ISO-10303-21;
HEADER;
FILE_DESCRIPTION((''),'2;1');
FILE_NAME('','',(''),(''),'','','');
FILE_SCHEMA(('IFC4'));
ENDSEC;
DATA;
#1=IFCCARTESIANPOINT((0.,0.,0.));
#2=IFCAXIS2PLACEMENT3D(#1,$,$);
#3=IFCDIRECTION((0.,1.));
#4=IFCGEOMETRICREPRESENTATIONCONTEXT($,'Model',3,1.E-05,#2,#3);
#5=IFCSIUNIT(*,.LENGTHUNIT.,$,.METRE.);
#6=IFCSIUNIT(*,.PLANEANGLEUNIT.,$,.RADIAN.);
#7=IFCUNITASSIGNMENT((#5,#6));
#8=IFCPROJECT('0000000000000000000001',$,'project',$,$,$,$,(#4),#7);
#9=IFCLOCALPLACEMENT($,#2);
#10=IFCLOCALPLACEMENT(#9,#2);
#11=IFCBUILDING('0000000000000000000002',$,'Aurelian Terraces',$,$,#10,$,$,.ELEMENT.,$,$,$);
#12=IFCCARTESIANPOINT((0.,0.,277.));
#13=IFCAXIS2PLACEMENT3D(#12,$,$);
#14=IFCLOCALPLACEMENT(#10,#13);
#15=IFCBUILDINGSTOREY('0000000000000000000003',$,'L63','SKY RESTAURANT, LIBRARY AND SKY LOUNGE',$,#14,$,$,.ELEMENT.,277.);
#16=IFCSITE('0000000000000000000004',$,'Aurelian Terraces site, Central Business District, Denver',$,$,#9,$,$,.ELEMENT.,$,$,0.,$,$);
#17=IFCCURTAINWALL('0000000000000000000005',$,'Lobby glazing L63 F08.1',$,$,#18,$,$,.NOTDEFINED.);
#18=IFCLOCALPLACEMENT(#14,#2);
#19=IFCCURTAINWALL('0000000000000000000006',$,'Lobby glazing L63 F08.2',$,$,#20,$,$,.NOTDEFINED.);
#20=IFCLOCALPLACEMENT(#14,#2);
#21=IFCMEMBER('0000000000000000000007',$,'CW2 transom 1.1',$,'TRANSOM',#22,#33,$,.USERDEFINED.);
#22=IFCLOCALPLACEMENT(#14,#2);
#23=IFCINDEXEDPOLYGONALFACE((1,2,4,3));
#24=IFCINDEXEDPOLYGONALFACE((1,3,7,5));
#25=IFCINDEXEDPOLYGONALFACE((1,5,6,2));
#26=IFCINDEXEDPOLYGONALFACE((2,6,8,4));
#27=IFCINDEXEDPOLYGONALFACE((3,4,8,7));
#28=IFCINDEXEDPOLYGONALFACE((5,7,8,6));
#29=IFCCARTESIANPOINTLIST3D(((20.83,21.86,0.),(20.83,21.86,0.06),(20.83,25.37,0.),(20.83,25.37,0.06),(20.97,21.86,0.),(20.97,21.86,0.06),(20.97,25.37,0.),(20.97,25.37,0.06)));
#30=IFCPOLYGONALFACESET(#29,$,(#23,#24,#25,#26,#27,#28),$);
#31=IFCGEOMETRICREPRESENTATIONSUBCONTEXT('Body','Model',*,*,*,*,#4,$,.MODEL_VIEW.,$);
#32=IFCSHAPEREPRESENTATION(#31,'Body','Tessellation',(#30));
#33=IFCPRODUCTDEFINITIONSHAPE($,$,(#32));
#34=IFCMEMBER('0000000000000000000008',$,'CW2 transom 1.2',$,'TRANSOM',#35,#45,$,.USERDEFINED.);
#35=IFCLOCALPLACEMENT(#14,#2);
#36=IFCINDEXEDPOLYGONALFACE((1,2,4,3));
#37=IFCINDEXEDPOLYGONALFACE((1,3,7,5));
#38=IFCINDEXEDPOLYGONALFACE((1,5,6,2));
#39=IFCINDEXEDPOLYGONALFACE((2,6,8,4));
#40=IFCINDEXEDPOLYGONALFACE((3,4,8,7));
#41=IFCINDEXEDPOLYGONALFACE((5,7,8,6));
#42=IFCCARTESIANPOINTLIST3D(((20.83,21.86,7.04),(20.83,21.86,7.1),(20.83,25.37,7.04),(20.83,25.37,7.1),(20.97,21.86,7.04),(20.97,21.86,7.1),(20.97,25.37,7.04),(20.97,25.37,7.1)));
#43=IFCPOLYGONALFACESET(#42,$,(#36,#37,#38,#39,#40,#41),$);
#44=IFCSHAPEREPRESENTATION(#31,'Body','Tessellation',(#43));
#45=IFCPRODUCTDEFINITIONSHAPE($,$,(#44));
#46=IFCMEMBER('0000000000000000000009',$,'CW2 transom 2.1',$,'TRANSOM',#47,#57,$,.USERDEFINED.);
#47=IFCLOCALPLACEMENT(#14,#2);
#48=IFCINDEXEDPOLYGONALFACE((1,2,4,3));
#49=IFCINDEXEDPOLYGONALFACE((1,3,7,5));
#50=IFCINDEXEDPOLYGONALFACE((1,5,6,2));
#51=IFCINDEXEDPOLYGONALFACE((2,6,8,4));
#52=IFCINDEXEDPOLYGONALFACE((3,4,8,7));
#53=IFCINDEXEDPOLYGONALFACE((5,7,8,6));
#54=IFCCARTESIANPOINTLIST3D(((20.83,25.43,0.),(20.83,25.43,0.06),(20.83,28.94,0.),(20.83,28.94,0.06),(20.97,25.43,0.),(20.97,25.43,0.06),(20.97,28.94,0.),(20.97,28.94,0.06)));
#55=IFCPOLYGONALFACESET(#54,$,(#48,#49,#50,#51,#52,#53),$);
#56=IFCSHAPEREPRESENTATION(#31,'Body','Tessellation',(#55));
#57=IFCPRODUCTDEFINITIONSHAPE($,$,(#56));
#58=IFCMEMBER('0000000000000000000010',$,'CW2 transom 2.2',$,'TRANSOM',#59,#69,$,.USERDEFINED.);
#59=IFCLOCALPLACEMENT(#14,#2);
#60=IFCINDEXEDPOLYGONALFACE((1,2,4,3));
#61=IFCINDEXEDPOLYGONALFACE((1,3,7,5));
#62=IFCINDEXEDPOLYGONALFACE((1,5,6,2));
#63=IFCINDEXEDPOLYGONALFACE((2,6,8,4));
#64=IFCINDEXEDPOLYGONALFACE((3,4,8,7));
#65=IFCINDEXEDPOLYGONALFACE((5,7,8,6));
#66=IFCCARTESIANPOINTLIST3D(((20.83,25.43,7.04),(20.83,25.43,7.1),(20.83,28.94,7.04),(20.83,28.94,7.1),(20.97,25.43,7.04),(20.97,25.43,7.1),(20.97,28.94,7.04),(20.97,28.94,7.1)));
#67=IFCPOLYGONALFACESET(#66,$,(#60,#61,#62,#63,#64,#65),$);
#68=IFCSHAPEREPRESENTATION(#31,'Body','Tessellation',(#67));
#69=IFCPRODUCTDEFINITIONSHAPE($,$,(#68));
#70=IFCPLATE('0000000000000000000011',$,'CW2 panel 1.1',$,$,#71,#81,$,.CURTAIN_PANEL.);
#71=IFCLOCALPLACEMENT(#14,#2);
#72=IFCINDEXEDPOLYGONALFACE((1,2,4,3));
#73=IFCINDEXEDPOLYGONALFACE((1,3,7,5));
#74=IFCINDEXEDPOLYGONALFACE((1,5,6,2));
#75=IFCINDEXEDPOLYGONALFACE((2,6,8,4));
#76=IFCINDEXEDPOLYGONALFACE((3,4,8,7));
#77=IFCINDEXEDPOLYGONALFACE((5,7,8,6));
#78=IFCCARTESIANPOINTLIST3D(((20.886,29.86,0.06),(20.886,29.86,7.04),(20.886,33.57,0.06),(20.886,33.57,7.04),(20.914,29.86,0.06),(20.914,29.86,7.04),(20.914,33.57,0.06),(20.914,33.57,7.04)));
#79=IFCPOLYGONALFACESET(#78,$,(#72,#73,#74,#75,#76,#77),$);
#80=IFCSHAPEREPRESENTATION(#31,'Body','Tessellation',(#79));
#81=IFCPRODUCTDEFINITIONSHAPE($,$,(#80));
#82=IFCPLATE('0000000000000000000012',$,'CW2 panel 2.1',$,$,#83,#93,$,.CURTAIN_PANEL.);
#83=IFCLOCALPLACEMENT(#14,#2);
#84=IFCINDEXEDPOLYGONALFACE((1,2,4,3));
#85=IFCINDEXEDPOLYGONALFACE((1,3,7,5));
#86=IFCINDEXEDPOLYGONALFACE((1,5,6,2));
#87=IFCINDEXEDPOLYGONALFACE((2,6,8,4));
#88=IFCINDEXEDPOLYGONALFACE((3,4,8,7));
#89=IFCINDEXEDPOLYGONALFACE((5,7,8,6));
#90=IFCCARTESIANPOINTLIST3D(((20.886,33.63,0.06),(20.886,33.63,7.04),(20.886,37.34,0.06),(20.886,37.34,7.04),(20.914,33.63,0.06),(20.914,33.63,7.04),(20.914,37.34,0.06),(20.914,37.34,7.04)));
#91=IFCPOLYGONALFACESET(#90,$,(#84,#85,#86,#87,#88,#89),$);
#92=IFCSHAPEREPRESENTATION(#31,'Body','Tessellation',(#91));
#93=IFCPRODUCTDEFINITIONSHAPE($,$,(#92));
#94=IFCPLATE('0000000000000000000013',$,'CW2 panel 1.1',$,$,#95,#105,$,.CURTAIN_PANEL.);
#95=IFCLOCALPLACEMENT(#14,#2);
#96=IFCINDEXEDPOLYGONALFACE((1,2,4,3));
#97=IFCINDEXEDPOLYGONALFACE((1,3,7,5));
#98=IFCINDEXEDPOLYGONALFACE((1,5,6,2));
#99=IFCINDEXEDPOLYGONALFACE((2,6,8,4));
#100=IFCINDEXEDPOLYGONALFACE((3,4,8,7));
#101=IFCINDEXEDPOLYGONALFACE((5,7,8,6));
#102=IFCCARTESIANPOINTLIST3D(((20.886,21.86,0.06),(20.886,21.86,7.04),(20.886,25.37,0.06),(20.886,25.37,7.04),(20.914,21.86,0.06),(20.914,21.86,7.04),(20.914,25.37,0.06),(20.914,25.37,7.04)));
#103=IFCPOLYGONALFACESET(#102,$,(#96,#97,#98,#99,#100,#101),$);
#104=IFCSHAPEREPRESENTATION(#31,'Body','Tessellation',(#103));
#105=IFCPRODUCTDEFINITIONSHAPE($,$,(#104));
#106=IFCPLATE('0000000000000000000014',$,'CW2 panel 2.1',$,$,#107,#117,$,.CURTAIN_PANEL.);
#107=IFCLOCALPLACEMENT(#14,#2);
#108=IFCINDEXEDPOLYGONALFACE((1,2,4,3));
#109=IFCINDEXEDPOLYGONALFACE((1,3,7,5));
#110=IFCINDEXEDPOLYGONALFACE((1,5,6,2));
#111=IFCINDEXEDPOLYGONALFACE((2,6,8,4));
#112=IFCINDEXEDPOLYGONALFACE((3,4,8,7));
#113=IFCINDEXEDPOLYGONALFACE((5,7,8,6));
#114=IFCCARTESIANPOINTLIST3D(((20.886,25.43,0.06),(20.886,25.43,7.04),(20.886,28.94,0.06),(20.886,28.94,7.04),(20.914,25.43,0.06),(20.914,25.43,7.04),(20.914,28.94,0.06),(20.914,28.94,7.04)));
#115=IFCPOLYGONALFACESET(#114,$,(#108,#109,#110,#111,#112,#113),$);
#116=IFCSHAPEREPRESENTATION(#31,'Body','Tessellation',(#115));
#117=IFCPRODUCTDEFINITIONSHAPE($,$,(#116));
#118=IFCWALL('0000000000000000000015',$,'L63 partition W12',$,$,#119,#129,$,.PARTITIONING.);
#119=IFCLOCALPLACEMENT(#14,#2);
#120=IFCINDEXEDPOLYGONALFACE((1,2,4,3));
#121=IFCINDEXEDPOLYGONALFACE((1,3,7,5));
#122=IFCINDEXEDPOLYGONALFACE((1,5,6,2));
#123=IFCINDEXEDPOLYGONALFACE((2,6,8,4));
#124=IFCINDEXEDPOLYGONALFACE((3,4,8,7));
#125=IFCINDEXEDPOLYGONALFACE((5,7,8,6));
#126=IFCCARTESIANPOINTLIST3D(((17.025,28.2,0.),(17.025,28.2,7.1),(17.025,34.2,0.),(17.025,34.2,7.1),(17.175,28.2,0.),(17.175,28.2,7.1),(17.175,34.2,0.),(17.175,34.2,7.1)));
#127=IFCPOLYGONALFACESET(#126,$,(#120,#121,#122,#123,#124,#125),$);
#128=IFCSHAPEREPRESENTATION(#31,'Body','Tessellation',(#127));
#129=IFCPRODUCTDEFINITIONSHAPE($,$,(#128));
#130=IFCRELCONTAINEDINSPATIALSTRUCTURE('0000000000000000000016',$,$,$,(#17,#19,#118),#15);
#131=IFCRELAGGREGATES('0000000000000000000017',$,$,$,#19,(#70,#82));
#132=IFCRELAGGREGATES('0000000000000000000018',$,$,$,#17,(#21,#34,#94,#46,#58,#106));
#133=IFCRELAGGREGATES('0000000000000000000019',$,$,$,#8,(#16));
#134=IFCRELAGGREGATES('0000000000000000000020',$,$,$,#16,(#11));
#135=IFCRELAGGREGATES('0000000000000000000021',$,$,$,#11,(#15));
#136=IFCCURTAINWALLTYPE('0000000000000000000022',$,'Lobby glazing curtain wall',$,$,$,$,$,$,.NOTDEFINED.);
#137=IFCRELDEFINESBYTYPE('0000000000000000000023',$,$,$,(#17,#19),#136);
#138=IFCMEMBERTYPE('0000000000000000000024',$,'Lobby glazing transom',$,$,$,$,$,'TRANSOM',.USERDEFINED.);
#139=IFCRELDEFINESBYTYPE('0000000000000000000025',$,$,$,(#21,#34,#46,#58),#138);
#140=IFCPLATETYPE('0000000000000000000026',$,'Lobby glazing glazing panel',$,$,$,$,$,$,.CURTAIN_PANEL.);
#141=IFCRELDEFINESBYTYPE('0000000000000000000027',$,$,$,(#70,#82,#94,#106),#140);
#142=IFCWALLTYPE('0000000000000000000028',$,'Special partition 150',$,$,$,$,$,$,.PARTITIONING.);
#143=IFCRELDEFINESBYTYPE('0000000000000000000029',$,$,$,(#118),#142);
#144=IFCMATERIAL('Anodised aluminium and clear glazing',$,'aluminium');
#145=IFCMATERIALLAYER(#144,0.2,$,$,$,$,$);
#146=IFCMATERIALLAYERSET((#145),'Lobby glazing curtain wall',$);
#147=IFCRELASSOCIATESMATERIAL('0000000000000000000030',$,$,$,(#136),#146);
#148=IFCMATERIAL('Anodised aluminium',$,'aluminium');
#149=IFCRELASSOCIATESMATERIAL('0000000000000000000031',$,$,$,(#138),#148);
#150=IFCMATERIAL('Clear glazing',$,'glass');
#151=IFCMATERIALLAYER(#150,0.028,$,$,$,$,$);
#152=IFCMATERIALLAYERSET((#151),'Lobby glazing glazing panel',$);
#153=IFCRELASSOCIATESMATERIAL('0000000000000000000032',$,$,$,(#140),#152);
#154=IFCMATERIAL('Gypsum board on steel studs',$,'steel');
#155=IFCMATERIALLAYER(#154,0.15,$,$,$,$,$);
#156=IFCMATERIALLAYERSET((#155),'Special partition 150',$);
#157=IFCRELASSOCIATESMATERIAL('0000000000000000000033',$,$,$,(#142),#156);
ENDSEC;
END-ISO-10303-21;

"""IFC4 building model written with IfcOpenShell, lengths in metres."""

from ifc_helpers import new_model, si_unit, direction, frame, frame_2d, origin, origin_2d, place, context, subcontext, project, spatial, rectangle, extrude, source, transform, mapped, material, layer, layer_set, material_profile, profile_set, type_object, element, aggregate, save


model = new_model("IFC4")

# Units and contexts
model_context = context("Model", 3, precision=1e-05, world=origin(), true_north=direction((0.0, 1.0)))
body_context = subcontext(model_context, "Body", "Model", "MODEL_VIEW")
ifc_project = project(units=[si_unit("LENGTHUNIT", "METRE"), si_unit("PLANEANGLEUNIT", "RADIAN")], contexts=[model_context])

# Site, building, storey
site_placement = place(None, origin())
site = spatial("IfcSite", under=ifc_project, at=site_placement, Name="Aurelian Terraces site, Central Business District, Denver", CompositionType="ELEMENT", RefElevation=0.0)
building_placement = place(site_placement, origin())
building = spatial("IfcBuilding", under=site, at=building_placement, Name="Aurelian Terraces", CompositionType="ELEMENT")
storey_placement = place(building_placement, frame((0.0, 0.0, 277.0)))
storey = spatial("IfcBuildingStorey", under=building, at=storey_placement, Name="L63", Description="SKY RESTAURANT, LIBRARY AND SKY LOUNGE", CompositionType="ELEMENT", Elevation=277.0)

# Curtain walls
ifc_material_1 = material(Name="Anodised aluminium and clear glazing", Category="aluminium")
ifc_layer_1 = layer(ifc_material_1, 0.2)
ifc_layer_set_1 = layer_set([ifc_layer_1], Name="Lobby glazing curtain wall")
curtain_wall_type = type_object("IfcCurtainWallType", Name="Lobby glazing curtain wall", PredefinedType="NOTDEFINED", material=ifc_layer_set_1)
curtain_wall_1_placement = place(storey_placement, origin())
curtain_wall_1 = element("IfcCurtainWall", 1, at=curtain_wall_1_placement, inside=storey, type_object=curtain_wall_type, Name="Lobby glazing L63 F08.1", PredefinedType="NOTDEFINED")
ifc_material_2 = material(Name="Anodised aluminium", Category="aluminium")
curtain_wall_2_placement = place(storey_placement, origin())
curtain_wall_2 = element("IfcCurtainWall", 2, at=curtain_wall_2_placement, inside=storey, type_object=curtain_wall_type, Name="Lobby glazing L63 F08.2", PredefinedType="NOTDEFINED")

# Members
ifc_material_profile_1 = material_profile(ifc_material_2, rectangle(XDim=0.14, YDim=0.06, at=origin_2d()))
ifc_profile_set_1 = profile_set([ifc_material_profile_1], Name="Anodised aluminium")
member_type_1 = type_object("IfcMemberType", Name="Lobby glazing transom", ElementType="TRANSOM", PredefinedType="USERDEFINED", material=ifc_profile_set_1)
shared_shape_1 = source(origin(), body_context, "Body", "SweptSolid", [
    extrude(rectangle(XDim=0.14, YDim=0.06, at=origin_2d()), origin(), (0.0, 0.0, 1.0), 3.51),
])
member_1_placement = place(storey_placement, frame((20.9, 21.86, 0.03), z_axis=(0.0, 1.0, 0.0), x_axis=(-1.0, 0.0, 0.0)))
member_1 = element("IfcMember", 3, at=member_1_placement, type_object=member_type_1, Name="CW2 transom 1.1", ObjectType="TRANSOM", PredefinedType="USERDEFINED", context=body_context, shape_type="MappedRepresentation", body=[
    mapped(shared_shape_1, transform((0.0, 0.0, 0.0), scale=1.0)),
])
member_2_placement = place(storey_placement, frame((20.9, 21.86, 7.07), z_axis=(0.0, 1.0, 0.0), x_axis=(-1.0, 0.0, 0.0)))
member_2 = element("IfcMember", 4, at=member_2_placement, type_object=member_type_1, Name="CW2 transom 1.2", ObjectType="TRANSOM", PredefinedType="USERDEFINED", context=body_context, shape_type="MappedRepresentation", body=[
    mapped(shared_shape_1, transform((0.0, 0.0, 0.0), scale=1.0)),
])
member_3_placement = place(storey_placement, frame((20.9, 25.43, 0.03), z_axis=(0.0, 1.0, 0.0), x_axis=(-1.0, 0.0, 0.0)))
member_3 = element("IfcMember", 5, at=member_3_placement, type_object=member_type_1, Name="CW2 transom 2.1", ObjectType="TRANSOM", PredefinedType="USERDEFINED", context=body_context, shape_type="MappedRepresentation", body=[
    mapped(shared_shape_1, transform((0.0, 0.0, 0.0), scale=1.0)),
])
member_4_placement = place(storey_placement, frame((20.9, 25.43, 7.07), z_axis=(0.0, 1.0, 0.0), x_axis=(-1.0, 0.0, 0.0)))
member_4 = element("IfcMember", 6, at=member_4_placement, type_object=member_type_1, Name="CW2 transom 2.2", ObjectType="TRANSOM", PredefinedType="USERDEFINED", context=body_context, shape_type="MappedRepresentation", body=[
    mapped(shared_shape_1, transform((0.0, 0.0, 0.0), scale=1.0)),
])

# Plates
ifc_material_3 = material(Name="Clear glazing", Category="glass")
ifc_layer_2 = layer(ifc_material_3, 0.028)
ifc_layer_set_2 = layer_set([ifc_layer_2], Name="Lobby glazing glazing panel")
plate_type = type_object("IfcPlateType", Name="Lobby glazing glazing panel", PredefinedType="CURTAIN_PANEL", material=ifc_layer_set_2)
shared_shape_2 = source(origin(), body_context, "Body", "SweptSolid", [
    extrude(rectangle(XDim=3.71, YDim=0.028, at=origin_2d()), origin(), (0.0, 0.0, 1.0), 6.98),
])
plate_1_placement = place(storey_placement, frame((20.9, 31.715, 0.06), z_axis=(0.0, 0.0, 1.0), x_axis=(0.0, 1.0, 0.0)))
plate_1 = element("IfcPlate", 7, at=plate_1_placement, type_object=plate_type, Name="CW2 panel 1.1", PredefinedType="CURTAIN_PANEL", context=body_context, shape_type="MappedRepresentation", body=[
    mapped(shared_shape_2, transform((0.0, 0.0, 0.0), scale=1.0)),
])
plate_2_placement = place(storey_placement, frame((20.9, 35.485, 0.06), z_axis=(0.0, 0.0, 1.0), x_axis=(0.0, 1.0, 0.0)))
plate_2 = element("IfcPlate", 8, at=plate_2_placement, type_object=plate_type, Name="CW2 panel 2.1", PredefinedType="CURTAIN_PANEL", context=body_context, shape_type="MappedRepresentation", body=[
    mapped(shared_shape_2, transform((0.0, 0.0, 0.0), scale=1.0)),
])
aggregate(curtain_wall_2, [plate_1, plate_2])
shared_shape_3 = source(origin(), body_context, "Body", "SweptSolid", [
    extrude(rectangle(XDim=3.51, YDim=0.028, at=origin_2d()), origin(), (0.0, 0.0, 1.0), 6.98),
])
plate_3_placement = place(storey_placement, frame((20.9, 23.615, 0.06), z_axis=(0.0, 0.0, 1.0), x_axis=(0.0, 1.0, 0.0)))
plate_3 = element("IfcPlate", 9, at=plate_3_placement, type_object=plate_type, Name="CW2 panel 1.1", PredefinedType="CURTAIN_PANEL", context=body_context, shape_type="MappedRepresentation", body=[
    mapped(shared_shape_3, transform((0.0, 0.0, 0.0), scale=1.0)),
])
plate_4_placement = place(storey_placement, frame((20.9, 27.185, 0.06), z_axis=(0.0, 0.0, 1.0), x_axis=(0.0, 1.0, 0.0)))
plate_4 = element("IfcPlate", 10, at=plate_4_placement, type_object=plate_type, Name="CW2 panel 2.1", PredefinedType="CURTAIN_PANEL", context=body_context, shape_type="MappedRepresentation", body=[
    mapped(shared_shape_3, transform((0.0, 0.0, 0.0), scale=1.0)),
])
aggregate(curtain_wall_1, [member_1, member_2, plate_3, member_3, member_4, plate_4])

# Wall
ifc_material_4 = material(Name="Gypsum board on steel studs", Category="steel")
ifc_layer_3 = layer(ifc_material_4, 0.15)
ifc_layer_set_3 = layer_set([ifc_layer_3], Name="Special partition 150")
wall_type = type_object("IfcWallType", Name="Special partition 150", PredefinedType="PARTITIONING", material=ifc_layer_set_3)
shared_shape_4 = source(origin(), body_context, "Body", "SweptSolid", [
    extrude(rectangle(XDim=6.0, YDim=0.15, at=frame_2d((3.0, 0.0))), origin(), (0.0, 0.0, 1.0), 7.1),
])
wall_placement = place(storey_placement, frame((17.1, 28.2, 0.0), z_axis=(0.0, 0.0, 1.0), x_axis=(0.0, 1.0, 0.0)))
element("IfcWall", 11, at=wall_placement, inside=storey, type_object=wall_type, Name="L63 partition W12", PredefinedType="PARTITIONING", context=body_context, shape_type="MappedRepresentation", body=[
    mapped(shared_shape_4, transform((0.0, 0.0, 0.0), scale=1.0)),
])

save(model, "model.ifc")
